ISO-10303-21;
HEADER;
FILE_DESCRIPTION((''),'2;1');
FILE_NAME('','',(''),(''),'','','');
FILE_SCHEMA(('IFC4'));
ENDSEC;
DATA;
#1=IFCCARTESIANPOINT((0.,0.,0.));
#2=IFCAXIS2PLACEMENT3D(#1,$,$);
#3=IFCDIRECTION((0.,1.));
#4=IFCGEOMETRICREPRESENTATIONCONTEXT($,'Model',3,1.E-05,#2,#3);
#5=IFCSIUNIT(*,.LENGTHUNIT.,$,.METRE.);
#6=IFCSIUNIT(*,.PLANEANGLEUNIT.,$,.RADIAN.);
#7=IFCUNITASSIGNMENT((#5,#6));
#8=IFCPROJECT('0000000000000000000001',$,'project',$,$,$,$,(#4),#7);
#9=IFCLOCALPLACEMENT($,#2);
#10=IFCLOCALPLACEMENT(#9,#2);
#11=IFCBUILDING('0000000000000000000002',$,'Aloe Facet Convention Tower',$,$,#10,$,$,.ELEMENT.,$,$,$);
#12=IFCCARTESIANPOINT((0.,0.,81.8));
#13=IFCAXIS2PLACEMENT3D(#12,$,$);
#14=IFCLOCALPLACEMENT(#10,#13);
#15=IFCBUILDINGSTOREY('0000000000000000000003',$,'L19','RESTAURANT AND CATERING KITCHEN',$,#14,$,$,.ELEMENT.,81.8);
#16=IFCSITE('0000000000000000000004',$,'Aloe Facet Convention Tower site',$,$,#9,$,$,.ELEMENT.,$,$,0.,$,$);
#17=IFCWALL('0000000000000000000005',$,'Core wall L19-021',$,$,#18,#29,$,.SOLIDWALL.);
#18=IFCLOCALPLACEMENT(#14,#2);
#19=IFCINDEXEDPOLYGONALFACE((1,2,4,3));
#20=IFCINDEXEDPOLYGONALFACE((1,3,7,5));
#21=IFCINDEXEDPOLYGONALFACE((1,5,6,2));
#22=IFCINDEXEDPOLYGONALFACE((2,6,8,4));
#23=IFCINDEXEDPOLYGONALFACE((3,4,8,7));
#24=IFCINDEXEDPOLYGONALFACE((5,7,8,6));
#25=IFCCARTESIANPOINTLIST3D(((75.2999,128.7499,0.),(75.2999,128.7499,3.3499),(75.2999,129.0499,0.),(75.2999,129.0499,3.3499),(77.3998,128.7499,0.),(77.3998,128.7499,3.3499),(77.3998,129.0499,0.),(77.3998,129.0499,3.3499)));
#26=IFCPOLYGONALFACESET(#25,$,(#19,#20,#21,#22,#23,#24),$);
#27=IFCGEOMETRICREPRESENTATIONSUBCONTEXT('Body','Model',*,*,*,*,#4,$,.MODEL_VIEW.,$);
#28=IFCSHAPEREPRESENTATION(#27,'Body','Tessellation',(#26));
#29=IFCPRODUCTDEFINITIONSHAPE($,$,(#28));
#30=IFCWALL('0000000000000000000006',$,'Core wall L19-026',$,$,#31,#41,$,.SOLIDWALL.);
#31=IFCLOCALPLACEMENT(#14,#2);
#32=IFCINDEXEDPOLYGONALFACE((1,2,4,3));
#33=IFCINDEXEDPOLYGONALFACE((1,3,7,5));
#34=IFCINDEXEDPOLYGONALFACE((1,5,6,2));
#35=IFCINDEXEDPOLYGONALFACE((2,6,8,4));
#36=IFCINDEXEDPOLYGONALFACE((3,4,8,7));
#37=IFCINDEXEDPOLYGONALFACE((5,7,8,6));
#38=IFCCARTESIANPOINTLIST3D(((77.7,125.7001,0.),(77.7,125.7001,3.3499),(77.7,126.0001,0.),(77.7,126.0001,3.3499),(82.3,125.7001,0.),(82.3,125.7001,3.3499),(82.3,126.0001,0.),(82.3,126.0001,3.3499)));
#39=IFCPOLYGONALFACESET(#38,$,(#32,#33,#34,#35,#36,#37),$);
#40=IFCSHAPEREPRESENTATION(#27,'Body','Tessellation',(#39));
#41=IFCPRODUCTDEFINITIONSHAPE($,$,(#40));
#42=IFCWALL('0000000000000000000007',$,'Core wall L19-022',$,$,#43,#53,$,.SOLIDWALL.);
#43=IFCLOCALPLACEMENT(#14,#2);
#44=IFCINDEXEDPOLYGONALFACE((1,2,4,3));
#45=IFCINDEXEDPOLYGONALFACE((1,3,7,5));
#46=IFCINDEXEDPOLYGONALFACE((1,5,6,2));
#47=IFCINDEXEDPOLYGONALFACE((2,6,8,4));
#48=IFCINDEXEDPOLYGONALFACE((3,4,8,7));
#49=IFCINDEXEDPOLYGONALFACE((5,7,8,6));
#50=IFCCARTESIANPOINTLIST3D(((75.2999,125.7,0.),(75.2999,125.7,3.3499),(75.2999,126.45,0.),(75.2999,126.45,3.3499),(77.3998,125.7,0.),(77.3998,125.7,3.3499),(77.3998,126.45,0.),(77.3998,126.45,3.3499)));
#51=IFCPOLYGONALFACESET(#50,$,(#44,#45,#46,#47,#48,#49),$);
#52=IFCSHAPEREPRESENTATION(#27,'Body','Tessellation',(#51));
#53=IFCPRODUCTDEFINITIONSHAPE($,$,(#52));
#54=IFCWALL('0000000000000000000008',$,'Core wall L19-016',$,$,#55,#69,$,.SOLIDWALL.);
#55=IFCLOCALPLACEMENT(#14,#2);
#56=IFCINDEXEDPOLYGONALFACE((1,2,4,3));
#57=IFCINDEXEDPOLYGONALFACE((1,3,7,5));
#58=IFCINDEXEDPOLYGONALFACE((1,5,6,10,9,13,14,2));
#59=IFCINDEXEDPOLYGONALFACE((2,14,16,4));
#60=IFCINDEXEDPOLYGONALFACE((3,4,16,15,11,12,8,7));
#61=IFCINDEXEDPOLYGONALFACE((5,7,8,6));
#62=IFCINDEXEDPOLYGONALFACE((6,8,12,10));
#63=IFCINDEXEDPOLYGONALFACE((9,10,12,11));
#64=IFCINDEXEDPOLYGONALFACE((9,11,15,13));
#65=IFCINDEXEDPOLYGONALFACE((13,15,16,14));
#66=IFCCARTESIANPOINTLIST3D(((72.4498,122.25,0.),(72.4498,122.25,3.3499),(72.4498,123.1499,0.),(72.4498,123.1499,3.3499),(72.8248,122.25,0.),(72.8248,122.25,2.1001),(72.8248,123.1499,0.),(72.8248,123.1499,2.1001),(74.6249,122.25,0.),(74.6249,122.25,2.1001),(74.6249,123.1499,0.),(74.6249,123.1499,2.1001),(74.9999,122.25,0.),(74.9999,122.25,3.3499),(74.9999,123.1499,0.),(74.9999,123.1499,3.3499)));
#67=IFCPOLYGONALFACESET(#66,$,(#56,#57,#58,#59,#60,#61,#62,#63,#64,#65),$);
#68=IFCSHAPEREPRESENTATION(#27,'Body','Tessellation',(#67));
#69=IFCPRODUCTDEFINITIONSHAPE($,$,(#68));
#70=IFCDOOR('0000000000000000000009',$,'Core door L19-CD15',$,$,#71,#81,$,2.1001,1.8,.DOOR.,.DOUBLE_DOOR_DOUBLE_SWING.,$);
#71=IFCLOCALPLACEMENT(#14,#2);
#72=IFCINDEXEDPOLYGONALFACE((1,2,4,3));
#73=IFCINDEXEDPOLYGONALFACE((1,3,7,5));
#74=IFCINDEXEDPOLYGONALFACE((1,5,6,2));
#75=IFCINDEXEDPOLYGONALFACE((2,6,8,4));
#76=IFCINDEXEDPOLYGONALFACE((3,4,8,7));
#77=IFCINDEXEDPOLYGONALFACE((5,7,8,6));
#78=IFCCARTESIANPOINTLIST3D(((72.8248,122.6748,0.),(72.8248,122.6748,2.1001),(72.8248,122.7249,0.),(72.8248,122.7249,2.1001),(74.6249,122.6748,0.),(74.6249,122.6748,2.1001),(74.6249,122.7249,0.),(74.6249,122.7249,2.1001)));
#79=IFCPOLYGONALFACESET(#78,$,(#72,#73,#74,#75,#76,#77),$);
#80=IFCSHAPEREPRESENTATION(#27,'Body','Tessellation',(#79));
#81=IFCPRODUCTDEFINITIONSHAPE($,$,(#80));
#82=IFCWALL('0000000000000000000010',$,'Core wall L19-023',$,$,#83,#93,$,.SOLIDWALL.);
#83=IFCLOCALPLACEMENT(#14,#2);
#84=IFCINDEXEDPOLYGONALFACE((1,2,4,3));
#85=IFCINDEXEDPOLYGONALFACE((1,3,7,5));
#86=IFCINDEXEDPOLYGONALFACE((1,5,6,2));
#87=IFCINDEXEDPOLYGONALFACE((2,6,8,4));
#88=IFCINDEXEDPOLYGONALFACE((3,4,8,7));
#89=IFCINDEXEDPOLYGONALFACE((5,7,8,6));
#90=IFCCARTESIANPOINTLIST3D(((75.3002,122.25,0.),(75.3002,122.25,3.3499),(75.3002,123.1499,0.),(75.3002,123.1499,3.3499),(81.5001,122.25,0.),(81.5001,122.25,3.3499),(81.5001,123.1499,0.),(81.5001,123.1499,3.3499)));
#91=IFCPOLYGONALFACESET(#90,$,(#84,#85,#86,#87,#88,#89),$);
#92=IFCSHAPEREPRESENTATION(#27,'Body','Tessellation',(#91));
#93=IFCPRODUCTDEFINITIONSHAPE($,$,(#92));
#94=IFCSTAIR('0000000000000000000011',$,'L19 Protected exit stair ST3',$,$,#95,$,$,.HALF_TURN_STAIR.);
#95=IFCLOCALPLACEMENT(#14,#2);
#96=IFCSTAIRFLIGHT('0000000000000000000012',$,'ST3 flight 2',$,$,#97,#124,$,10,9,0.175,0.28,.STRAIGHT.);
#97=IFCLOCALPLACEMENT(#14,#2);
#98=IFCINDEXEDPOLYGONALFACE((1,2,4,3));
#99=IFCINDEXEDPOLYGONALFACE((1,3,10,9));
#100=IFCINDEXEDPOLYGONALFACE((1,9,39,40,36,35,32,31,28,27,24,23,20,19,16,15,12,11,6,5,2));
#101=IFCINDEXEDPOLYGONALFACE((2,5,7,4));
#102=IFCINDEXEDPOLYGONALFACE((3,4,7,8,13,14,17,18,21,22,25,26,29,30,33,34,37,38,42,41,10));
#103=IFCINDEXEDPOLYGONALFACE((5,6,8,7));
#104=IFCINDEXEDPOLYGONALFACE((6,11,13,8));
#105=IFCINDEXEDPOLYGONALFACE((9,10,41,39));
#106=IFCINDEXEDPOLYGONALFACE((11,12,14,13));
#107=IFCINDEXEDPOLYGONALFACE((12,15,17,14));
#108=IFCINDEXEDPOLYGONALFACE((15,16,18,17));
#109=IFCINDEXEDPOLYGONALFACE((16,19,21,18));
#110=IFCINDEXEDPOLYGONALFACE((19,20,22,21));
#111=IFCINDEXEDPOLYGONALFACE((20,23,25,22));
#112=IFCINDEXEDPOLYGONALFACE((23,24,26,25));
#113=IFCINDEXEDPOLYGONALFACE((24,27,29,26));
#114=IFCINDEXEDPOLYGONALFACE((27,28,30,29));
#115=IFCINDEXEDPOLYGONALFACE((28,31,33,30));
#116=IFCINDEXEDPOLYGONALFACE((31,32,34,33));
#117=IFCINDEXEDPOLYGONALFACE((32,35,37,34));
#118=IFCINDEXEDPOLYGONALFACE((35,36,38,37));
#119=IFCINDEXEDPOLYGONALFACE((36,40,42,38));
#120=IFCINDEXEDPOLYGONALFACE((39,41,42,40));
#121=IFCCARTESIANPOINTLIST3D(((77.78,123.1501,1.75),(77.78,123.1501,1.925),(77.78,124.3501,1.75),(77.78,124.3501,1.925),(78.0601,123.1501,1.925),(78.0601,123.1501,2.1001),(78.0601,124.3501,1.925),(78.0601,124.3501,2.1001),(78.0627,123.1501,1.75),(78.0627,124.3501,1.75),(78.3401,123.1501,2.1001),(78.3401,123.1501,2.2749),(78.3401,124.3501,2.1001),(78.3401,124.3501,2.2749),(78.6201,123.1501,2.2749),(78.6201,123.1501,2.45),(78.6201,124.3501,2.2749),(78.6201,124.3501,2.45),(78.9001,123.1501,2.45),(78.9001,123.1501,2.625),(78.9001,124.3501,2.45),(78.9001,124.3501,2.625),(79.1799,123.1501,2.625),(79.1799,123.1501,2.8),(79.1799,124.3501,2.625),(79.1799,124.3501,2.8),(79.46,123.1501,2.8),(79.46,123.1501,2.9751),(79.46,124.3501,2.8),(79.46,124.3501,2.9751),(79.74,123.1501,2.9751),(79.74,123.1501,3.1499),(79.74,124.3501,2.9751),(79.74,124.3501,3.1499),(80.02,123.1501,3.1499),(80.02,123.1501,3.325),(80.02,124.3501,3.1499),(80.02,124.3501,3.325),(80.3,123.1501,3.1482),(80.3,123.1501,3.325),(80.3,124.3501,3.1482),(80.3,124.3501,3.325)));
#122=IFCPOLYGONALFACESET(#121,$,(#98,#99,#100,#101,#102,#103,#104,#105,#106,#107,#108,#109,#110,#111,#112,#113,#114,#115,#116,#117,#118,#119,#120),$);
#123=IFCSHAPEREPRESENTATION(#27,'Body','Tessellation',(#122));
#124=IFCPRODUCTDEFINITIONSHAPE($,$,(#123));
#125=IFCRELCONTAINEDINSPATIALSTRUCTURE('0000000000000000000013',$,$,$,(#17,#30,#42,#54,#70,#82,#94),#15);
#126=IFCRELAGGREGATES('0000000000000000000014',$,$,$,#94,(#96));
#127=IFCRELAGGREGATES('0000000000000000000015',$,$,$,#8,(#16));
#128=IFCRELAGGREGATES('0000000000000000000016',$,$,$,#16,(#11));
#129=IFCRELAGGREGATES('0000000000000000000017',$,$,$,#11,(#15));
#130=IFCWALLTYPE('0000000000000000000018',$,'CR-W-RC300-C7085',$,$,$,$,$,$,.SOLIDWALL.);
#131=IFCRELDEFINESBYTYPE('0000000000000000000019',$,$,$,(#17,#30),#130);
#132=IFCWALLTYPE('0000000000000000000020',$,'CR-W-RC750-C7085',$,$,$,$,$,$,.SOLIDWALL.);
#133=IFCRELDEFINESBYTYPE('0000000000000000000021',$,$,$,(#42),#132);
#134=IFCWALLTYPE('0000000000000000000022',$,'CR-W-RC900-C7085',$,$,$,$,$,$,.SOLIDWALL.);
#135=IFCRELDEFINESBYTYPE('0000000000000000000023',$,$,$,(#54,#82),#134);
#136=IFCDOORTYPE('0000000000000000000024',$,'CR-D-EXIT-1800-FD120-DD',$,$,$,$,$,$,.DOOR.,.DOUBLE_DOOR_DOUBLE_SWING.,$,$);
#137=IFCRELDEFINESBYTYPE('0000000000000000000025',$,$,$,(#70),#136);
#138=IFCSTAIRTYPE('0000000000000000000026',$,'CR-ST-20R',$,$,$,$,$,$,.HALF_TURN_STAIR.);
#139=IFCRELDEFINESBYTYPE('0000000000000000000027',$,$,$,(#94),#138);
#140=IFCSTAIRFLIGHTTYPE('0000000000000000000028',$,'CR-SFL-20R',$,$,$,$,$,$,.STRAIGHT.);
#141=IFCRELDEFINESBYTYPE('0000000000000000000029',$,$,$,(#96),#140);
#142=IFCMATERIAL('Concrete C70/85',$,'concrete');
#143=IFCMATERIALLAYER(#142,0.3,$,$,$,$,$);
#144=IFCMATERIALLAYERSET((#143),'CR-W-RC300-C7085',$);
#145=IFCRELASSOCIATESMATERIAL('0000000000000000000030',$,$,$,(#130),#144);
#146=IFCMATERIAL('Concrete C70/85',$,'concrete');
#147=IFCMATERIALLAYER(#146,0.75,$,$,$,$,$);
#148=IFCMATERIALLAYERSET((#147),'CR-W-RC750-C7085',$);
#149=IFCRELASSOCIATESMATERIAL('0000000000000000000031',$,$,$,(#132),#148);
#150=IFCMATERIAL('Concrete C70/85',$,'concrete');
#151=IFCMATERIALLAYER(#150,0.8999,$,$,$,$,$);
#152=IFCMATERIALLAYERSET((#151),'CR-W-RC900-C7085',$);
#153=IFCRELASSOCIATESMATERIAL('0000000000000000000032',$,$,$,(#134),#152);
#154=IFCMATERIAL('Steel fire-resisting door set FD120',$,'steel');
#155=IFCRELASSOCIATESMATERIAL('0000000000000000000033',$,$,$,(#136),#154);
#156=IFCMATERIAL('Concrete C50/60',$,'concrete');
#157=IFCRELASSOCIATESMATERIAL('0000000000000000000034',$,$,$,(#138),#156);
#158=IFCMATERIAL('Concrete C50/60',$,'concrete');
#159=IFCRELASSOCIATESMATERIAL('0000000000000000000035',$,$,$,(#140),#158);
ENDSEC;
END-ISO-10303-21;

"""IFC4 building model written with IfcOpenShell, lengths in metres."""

from ifc_helpers import new_model, si_unit, direction, frame, frame_2d, origin, place, context, subcontext, project, spatial, polyline, rectangle, outline, extrude, material, layer, layer_set, type_object, element, fill, aggregate, save


model = new_model("IFC4")

# Units and contexts
model_context = context("Model", 3, precision=1e-05, world=origin(), true_north=direction((0.0, 1.0)))
body_context = subcontext(model_context, "Body", "Model", "MODEL_VIEW")
ifc_project = project(units=[si_unit("LENGTHUNIT", "METRE"), si_unit("PLANEANGLEUNIT", "RADIAN")], contexts=[model_context])

# Site, building, storey
site_placement = place(None, origin())
site = spatial("IfcSite", under=ifc_project, at=site_placement, Name="Aloe Facet Convention Tower site", CompositionType="ELEMENT", RefElevation=0.0)
building_placement = place(site_placement, origin())
building = spatial("IfcBuilding", under=site, at=building_placement, Name="Aloe Facet Convention Tower", CompositionType="ELEMENT")
storey_placement = place(building_placement, frame((0.0, 0.0, 81.8)))
storey = spatial("IfcBuildingStorey", under=building, at=storey_placement, Name="L19", Description="RESTAURANT AND CATERING KITCHEN", CompositionType="ELEMENT", Elevation=81.8)

# Walls
ifc_material_1 = material(Name="Concrete C70/85", Category="concrete")
ifc_layer_1 = layer(ifc_material_1, 0.3)
ifc_layer_set_1 = layer_set([ifc_layer_1], Name="CR-W-RC300-C7085")
wall_type_1 = type_object("IfcWallType", Name="CR-W-RC300-C7085", PredefinedType="SOLIDWALL", material=ifc_layer_set_1)
wall_1_placement = place(storey_placement, frame((75.3, 128.8999, 0.0), z_axis=(0.0, 0.0, 1.0), x_axis=(1.0, 0.0, 0.0)))
element("IfcWall", 1, at=wall_1_placement, inside=storey, type_object=wall_type_1, Name="Core wall L19-021", PredefinedType="SOLIDWALL", context=body_context, shape_type="SweptSolid", body=[
    extrude(rectangle(XDim=2.0999, YDim=0.3, at=frame_2d((1.0498, 0.0))), origin(), (0.0, 0.0, 1.0), 3.3499),
])
wall_2_placement = place(storey_placement, frame((77.7, 125.8501, 0.0), z_axis=(0.0, 0.0, 1.0), x_axis=(1.0, 0.0, 0.0)))
element("IfcWall", 2, at=wall_2_placement, inside=storey, type_object=wall_type_1, Name="Core wall L19-026", PredefinedType="SOLIDWALL", context=body_context, shape_type="SweptSolid", body=[
    extrude(rectangle(XDim=4.6001, YDim=0.3, at=frame_2d((2.3, 0.0))), origin(), (0.0, 0.0, 1.0), 3.3499),
])
ifc_material_2 = material(Name="Concrete C70/85", Category="concrete")
ifc_layer_2 = layer(ifc_material_2, 0.75)
ifc_layer_set_2 = layer_set([ifc_layer_2], Name="CR-W-RC750-C7085")
wall_type_2 = type_object("IfcWallType", Name="CR-W-RC750-C7085", PredefinedType="SOLIDWALL", material=ifc_layer_set_2)
wall_3_placement = place(storey_placement, frame((75.3, 126.075, 0.0), z_axis=(0.0, 0.0, 1.0), x_axis=(1.0, 0.0, 0.0)))
element("IfcWall", 3, at=wall_3_placement, inside=storey, type_object=wall_type_2, Name="Core wall L19-022", PredefinedType="SOLIDWALL", context=body_context, shape_type="SweptSolid", body=[
    extrude(rectangle(XDim=2.0999, YDim=0.75, at=frame_2d((1.0498, 0.0))), origin(), (0.0, 0.0, 1.0), 3.3499),
])

# Wall, opening, door
ifc_material_3 = material(Name="Concrete C70/85", Category="concrete")
ifc_layer_3 = layer(ifc_material_3, 0.8999)
ifc_layer_set_3 = layer_set([ifc_layer_3], Name="CR-W-RC900-C7085")
wall_type_3 = type_object("IfcWallType", Name="CR-W-RC900-C7085", PredefinedType="SOLIDWALL", material=ifc_layer_set_3)
wall_4_placement = place(storey_placement, frame((72.45, 122.7, 0.0), z_axis=(0.0, 0.0, 1.0), x_axis=(1.0, 0.0, 0.0)))
wall_4 = element("IfcWall", 4, at=wall_4_placement, inside=storey, type_object=wall_type_3, Name="Core wall L19-016", PredefinedType="SOLIDWALL", context=body_context, shape_type="SweptSolid", body=[
    extrude(rectangle(XDim=2.55, YDim=0.8999, at=frame_2d((1.2749, 0.0))), origin(), (0.0, 0.0, 1.0), 3.3499),
])
opening_placement = place(wall_4_placement, frame((0.375, 0.0, 0.0)))
opening = element("IfcOpeningElement", 5, at=opening_placement, cuts=wall_4, PredefinedType="OPENING", context=body_context, shape_type="SweptSolid", body=[
    extrude(rectangle(XDim=1.8, YDim=2.1001, at=frame_2d((0.8999, 1.05))), frame((0.0, 0.46, 0.0), z_axis=(0.0, -1.0, 0.0), x_axis=(1.0, 0.0, 0.0)), (0.0, 0.0, 1.0), 0.9199),
])
ifc_material_4 = material(Name="Steel fire-resisting door set FD120", Category="steel")
door_type = type_object("IfcDoorType", Name="CR-D-EXIT-1800-FD120-DD", OperationType="DOUBLE_DOOR_DOUBLE_SWING", PredefinedType="DOOR", material=ifc_material_4)
door_placement = place(opening_placement, origin())
door = element("IfcDoor", 6, at=door_placement, inside=storey, type_object=door_type, Name="Core door L19-CD15", OperationType="DOUBLE_DOOR_DOUBLE_SWING", OverallHeight=2.1001, OverallWidth=1.8, PredefinedType="DOOR", context=body_context, shape_type="SweptSolid", body=[
    extrude(rectangle(XDim=1.8, YDim=2.1001, at=frame_2d((0.8999, 1.05))), frame((0.0, 0.0249, 0.0), z_axis=(0.0, -1.0, 0.0), x_axis=(1.0, 0.0, 0.0)), (0.0, 0.0, 1.0), 0.05),
])
fill(opening, door)

# Wall
wall_5_placement = place(storey_placement, frame((75.3, 122.7, 0.0), z_axis=(0.0, 0.0, 1.0), x_axis=(1.0, 0.0, 0.0)))
element("IfcWall", 7, at=wall_5_placement, inside=storey, type_object=wall_type_3, Name="Core wall L19-023", PredefinedType="SOLIDWALL", context=body_context, shape_type="SweptSolid", body=[
    extrude(rectangle(XDim=6.2, YDim=0.8999, at=frame_2d((3.1001, 0.0))), origin(), (0.0, 0.0, 1.0), 3.3499),
])

# Stair, stair flight
ifc_material_5 = material(Name="Concrete C50/60", Category="concrete")
stair_type = type_object("IfcStairType", Name="CR-ST-20R", PredefinedType="HALF_TURN_STAIR", material=ifc_material_5)
stair_placement = place(storey_placement, origin())
stair = element("IfcStair", 8, at=stair_placement, inside=storey, type_object=stair_type, Name="L19 Protected exit stair ST3", PredefinedType="HALF_TURN_STAIR")
ifc_material_6 = material(Name="Concrete C50/60", Category="concrete")
stair_flight_type = type_object("IfcStairFlightType", Name="CR-SFL-20R", PredefinedType="STRAIGHT", material=ifc_material_6)
stair_flight_placement = place(storey_placement, frame((77.78, 123.75, 1.75), z_axis=(0.0, 0.0, 1.0), x_axis=(1.0, 0.0, 0.0)))
stair_flight = element("IfcStairFlight", 9, at=stair_flight_placement, type_object=stair_flight_type, Name="ST3 flight 2", NumberOfRisers=10, NumberOfTreads=9, PredefinedType="STRAIGHT", RiserHeight=0.175, TreadLength=0.28, context=body_context, shape_type="SweptSolid", body=[
    extrude(outline(polyline([(0.0, 0.0), (0.0, 0.175), (0.28, 0.175), (0.28, 0.3501), (0.5601, 0.3501), (0.5601, 0.5249), (0.8401, 0.5249), (0.8401, 0.7), (1.1201, 0.7), (1.1201, 0.875), (1.3999, 0.875), (1.3999, 1.05), (1.6799, 1.05), (1.6799, 1.2251), (1.96, 1.2251), (1.96, 1.3999), (2.24, 1.3999), (2.24, 1.575), (2.52, 1.575), (2.52, 1.75), (2.52, 1.3982), (0.2827, 0.0), (0.0, 0.0)])), frame((0.0, 0.6001, 0.0), z_axis=(0.0, -1.0, 0.0), x_axis=(1.0, 0.0, 0.0)), (0.0, 0.0, 1.0), 1.2),
])
aggregate(stair, [stair_flight])

save(model, "model.ifc")
